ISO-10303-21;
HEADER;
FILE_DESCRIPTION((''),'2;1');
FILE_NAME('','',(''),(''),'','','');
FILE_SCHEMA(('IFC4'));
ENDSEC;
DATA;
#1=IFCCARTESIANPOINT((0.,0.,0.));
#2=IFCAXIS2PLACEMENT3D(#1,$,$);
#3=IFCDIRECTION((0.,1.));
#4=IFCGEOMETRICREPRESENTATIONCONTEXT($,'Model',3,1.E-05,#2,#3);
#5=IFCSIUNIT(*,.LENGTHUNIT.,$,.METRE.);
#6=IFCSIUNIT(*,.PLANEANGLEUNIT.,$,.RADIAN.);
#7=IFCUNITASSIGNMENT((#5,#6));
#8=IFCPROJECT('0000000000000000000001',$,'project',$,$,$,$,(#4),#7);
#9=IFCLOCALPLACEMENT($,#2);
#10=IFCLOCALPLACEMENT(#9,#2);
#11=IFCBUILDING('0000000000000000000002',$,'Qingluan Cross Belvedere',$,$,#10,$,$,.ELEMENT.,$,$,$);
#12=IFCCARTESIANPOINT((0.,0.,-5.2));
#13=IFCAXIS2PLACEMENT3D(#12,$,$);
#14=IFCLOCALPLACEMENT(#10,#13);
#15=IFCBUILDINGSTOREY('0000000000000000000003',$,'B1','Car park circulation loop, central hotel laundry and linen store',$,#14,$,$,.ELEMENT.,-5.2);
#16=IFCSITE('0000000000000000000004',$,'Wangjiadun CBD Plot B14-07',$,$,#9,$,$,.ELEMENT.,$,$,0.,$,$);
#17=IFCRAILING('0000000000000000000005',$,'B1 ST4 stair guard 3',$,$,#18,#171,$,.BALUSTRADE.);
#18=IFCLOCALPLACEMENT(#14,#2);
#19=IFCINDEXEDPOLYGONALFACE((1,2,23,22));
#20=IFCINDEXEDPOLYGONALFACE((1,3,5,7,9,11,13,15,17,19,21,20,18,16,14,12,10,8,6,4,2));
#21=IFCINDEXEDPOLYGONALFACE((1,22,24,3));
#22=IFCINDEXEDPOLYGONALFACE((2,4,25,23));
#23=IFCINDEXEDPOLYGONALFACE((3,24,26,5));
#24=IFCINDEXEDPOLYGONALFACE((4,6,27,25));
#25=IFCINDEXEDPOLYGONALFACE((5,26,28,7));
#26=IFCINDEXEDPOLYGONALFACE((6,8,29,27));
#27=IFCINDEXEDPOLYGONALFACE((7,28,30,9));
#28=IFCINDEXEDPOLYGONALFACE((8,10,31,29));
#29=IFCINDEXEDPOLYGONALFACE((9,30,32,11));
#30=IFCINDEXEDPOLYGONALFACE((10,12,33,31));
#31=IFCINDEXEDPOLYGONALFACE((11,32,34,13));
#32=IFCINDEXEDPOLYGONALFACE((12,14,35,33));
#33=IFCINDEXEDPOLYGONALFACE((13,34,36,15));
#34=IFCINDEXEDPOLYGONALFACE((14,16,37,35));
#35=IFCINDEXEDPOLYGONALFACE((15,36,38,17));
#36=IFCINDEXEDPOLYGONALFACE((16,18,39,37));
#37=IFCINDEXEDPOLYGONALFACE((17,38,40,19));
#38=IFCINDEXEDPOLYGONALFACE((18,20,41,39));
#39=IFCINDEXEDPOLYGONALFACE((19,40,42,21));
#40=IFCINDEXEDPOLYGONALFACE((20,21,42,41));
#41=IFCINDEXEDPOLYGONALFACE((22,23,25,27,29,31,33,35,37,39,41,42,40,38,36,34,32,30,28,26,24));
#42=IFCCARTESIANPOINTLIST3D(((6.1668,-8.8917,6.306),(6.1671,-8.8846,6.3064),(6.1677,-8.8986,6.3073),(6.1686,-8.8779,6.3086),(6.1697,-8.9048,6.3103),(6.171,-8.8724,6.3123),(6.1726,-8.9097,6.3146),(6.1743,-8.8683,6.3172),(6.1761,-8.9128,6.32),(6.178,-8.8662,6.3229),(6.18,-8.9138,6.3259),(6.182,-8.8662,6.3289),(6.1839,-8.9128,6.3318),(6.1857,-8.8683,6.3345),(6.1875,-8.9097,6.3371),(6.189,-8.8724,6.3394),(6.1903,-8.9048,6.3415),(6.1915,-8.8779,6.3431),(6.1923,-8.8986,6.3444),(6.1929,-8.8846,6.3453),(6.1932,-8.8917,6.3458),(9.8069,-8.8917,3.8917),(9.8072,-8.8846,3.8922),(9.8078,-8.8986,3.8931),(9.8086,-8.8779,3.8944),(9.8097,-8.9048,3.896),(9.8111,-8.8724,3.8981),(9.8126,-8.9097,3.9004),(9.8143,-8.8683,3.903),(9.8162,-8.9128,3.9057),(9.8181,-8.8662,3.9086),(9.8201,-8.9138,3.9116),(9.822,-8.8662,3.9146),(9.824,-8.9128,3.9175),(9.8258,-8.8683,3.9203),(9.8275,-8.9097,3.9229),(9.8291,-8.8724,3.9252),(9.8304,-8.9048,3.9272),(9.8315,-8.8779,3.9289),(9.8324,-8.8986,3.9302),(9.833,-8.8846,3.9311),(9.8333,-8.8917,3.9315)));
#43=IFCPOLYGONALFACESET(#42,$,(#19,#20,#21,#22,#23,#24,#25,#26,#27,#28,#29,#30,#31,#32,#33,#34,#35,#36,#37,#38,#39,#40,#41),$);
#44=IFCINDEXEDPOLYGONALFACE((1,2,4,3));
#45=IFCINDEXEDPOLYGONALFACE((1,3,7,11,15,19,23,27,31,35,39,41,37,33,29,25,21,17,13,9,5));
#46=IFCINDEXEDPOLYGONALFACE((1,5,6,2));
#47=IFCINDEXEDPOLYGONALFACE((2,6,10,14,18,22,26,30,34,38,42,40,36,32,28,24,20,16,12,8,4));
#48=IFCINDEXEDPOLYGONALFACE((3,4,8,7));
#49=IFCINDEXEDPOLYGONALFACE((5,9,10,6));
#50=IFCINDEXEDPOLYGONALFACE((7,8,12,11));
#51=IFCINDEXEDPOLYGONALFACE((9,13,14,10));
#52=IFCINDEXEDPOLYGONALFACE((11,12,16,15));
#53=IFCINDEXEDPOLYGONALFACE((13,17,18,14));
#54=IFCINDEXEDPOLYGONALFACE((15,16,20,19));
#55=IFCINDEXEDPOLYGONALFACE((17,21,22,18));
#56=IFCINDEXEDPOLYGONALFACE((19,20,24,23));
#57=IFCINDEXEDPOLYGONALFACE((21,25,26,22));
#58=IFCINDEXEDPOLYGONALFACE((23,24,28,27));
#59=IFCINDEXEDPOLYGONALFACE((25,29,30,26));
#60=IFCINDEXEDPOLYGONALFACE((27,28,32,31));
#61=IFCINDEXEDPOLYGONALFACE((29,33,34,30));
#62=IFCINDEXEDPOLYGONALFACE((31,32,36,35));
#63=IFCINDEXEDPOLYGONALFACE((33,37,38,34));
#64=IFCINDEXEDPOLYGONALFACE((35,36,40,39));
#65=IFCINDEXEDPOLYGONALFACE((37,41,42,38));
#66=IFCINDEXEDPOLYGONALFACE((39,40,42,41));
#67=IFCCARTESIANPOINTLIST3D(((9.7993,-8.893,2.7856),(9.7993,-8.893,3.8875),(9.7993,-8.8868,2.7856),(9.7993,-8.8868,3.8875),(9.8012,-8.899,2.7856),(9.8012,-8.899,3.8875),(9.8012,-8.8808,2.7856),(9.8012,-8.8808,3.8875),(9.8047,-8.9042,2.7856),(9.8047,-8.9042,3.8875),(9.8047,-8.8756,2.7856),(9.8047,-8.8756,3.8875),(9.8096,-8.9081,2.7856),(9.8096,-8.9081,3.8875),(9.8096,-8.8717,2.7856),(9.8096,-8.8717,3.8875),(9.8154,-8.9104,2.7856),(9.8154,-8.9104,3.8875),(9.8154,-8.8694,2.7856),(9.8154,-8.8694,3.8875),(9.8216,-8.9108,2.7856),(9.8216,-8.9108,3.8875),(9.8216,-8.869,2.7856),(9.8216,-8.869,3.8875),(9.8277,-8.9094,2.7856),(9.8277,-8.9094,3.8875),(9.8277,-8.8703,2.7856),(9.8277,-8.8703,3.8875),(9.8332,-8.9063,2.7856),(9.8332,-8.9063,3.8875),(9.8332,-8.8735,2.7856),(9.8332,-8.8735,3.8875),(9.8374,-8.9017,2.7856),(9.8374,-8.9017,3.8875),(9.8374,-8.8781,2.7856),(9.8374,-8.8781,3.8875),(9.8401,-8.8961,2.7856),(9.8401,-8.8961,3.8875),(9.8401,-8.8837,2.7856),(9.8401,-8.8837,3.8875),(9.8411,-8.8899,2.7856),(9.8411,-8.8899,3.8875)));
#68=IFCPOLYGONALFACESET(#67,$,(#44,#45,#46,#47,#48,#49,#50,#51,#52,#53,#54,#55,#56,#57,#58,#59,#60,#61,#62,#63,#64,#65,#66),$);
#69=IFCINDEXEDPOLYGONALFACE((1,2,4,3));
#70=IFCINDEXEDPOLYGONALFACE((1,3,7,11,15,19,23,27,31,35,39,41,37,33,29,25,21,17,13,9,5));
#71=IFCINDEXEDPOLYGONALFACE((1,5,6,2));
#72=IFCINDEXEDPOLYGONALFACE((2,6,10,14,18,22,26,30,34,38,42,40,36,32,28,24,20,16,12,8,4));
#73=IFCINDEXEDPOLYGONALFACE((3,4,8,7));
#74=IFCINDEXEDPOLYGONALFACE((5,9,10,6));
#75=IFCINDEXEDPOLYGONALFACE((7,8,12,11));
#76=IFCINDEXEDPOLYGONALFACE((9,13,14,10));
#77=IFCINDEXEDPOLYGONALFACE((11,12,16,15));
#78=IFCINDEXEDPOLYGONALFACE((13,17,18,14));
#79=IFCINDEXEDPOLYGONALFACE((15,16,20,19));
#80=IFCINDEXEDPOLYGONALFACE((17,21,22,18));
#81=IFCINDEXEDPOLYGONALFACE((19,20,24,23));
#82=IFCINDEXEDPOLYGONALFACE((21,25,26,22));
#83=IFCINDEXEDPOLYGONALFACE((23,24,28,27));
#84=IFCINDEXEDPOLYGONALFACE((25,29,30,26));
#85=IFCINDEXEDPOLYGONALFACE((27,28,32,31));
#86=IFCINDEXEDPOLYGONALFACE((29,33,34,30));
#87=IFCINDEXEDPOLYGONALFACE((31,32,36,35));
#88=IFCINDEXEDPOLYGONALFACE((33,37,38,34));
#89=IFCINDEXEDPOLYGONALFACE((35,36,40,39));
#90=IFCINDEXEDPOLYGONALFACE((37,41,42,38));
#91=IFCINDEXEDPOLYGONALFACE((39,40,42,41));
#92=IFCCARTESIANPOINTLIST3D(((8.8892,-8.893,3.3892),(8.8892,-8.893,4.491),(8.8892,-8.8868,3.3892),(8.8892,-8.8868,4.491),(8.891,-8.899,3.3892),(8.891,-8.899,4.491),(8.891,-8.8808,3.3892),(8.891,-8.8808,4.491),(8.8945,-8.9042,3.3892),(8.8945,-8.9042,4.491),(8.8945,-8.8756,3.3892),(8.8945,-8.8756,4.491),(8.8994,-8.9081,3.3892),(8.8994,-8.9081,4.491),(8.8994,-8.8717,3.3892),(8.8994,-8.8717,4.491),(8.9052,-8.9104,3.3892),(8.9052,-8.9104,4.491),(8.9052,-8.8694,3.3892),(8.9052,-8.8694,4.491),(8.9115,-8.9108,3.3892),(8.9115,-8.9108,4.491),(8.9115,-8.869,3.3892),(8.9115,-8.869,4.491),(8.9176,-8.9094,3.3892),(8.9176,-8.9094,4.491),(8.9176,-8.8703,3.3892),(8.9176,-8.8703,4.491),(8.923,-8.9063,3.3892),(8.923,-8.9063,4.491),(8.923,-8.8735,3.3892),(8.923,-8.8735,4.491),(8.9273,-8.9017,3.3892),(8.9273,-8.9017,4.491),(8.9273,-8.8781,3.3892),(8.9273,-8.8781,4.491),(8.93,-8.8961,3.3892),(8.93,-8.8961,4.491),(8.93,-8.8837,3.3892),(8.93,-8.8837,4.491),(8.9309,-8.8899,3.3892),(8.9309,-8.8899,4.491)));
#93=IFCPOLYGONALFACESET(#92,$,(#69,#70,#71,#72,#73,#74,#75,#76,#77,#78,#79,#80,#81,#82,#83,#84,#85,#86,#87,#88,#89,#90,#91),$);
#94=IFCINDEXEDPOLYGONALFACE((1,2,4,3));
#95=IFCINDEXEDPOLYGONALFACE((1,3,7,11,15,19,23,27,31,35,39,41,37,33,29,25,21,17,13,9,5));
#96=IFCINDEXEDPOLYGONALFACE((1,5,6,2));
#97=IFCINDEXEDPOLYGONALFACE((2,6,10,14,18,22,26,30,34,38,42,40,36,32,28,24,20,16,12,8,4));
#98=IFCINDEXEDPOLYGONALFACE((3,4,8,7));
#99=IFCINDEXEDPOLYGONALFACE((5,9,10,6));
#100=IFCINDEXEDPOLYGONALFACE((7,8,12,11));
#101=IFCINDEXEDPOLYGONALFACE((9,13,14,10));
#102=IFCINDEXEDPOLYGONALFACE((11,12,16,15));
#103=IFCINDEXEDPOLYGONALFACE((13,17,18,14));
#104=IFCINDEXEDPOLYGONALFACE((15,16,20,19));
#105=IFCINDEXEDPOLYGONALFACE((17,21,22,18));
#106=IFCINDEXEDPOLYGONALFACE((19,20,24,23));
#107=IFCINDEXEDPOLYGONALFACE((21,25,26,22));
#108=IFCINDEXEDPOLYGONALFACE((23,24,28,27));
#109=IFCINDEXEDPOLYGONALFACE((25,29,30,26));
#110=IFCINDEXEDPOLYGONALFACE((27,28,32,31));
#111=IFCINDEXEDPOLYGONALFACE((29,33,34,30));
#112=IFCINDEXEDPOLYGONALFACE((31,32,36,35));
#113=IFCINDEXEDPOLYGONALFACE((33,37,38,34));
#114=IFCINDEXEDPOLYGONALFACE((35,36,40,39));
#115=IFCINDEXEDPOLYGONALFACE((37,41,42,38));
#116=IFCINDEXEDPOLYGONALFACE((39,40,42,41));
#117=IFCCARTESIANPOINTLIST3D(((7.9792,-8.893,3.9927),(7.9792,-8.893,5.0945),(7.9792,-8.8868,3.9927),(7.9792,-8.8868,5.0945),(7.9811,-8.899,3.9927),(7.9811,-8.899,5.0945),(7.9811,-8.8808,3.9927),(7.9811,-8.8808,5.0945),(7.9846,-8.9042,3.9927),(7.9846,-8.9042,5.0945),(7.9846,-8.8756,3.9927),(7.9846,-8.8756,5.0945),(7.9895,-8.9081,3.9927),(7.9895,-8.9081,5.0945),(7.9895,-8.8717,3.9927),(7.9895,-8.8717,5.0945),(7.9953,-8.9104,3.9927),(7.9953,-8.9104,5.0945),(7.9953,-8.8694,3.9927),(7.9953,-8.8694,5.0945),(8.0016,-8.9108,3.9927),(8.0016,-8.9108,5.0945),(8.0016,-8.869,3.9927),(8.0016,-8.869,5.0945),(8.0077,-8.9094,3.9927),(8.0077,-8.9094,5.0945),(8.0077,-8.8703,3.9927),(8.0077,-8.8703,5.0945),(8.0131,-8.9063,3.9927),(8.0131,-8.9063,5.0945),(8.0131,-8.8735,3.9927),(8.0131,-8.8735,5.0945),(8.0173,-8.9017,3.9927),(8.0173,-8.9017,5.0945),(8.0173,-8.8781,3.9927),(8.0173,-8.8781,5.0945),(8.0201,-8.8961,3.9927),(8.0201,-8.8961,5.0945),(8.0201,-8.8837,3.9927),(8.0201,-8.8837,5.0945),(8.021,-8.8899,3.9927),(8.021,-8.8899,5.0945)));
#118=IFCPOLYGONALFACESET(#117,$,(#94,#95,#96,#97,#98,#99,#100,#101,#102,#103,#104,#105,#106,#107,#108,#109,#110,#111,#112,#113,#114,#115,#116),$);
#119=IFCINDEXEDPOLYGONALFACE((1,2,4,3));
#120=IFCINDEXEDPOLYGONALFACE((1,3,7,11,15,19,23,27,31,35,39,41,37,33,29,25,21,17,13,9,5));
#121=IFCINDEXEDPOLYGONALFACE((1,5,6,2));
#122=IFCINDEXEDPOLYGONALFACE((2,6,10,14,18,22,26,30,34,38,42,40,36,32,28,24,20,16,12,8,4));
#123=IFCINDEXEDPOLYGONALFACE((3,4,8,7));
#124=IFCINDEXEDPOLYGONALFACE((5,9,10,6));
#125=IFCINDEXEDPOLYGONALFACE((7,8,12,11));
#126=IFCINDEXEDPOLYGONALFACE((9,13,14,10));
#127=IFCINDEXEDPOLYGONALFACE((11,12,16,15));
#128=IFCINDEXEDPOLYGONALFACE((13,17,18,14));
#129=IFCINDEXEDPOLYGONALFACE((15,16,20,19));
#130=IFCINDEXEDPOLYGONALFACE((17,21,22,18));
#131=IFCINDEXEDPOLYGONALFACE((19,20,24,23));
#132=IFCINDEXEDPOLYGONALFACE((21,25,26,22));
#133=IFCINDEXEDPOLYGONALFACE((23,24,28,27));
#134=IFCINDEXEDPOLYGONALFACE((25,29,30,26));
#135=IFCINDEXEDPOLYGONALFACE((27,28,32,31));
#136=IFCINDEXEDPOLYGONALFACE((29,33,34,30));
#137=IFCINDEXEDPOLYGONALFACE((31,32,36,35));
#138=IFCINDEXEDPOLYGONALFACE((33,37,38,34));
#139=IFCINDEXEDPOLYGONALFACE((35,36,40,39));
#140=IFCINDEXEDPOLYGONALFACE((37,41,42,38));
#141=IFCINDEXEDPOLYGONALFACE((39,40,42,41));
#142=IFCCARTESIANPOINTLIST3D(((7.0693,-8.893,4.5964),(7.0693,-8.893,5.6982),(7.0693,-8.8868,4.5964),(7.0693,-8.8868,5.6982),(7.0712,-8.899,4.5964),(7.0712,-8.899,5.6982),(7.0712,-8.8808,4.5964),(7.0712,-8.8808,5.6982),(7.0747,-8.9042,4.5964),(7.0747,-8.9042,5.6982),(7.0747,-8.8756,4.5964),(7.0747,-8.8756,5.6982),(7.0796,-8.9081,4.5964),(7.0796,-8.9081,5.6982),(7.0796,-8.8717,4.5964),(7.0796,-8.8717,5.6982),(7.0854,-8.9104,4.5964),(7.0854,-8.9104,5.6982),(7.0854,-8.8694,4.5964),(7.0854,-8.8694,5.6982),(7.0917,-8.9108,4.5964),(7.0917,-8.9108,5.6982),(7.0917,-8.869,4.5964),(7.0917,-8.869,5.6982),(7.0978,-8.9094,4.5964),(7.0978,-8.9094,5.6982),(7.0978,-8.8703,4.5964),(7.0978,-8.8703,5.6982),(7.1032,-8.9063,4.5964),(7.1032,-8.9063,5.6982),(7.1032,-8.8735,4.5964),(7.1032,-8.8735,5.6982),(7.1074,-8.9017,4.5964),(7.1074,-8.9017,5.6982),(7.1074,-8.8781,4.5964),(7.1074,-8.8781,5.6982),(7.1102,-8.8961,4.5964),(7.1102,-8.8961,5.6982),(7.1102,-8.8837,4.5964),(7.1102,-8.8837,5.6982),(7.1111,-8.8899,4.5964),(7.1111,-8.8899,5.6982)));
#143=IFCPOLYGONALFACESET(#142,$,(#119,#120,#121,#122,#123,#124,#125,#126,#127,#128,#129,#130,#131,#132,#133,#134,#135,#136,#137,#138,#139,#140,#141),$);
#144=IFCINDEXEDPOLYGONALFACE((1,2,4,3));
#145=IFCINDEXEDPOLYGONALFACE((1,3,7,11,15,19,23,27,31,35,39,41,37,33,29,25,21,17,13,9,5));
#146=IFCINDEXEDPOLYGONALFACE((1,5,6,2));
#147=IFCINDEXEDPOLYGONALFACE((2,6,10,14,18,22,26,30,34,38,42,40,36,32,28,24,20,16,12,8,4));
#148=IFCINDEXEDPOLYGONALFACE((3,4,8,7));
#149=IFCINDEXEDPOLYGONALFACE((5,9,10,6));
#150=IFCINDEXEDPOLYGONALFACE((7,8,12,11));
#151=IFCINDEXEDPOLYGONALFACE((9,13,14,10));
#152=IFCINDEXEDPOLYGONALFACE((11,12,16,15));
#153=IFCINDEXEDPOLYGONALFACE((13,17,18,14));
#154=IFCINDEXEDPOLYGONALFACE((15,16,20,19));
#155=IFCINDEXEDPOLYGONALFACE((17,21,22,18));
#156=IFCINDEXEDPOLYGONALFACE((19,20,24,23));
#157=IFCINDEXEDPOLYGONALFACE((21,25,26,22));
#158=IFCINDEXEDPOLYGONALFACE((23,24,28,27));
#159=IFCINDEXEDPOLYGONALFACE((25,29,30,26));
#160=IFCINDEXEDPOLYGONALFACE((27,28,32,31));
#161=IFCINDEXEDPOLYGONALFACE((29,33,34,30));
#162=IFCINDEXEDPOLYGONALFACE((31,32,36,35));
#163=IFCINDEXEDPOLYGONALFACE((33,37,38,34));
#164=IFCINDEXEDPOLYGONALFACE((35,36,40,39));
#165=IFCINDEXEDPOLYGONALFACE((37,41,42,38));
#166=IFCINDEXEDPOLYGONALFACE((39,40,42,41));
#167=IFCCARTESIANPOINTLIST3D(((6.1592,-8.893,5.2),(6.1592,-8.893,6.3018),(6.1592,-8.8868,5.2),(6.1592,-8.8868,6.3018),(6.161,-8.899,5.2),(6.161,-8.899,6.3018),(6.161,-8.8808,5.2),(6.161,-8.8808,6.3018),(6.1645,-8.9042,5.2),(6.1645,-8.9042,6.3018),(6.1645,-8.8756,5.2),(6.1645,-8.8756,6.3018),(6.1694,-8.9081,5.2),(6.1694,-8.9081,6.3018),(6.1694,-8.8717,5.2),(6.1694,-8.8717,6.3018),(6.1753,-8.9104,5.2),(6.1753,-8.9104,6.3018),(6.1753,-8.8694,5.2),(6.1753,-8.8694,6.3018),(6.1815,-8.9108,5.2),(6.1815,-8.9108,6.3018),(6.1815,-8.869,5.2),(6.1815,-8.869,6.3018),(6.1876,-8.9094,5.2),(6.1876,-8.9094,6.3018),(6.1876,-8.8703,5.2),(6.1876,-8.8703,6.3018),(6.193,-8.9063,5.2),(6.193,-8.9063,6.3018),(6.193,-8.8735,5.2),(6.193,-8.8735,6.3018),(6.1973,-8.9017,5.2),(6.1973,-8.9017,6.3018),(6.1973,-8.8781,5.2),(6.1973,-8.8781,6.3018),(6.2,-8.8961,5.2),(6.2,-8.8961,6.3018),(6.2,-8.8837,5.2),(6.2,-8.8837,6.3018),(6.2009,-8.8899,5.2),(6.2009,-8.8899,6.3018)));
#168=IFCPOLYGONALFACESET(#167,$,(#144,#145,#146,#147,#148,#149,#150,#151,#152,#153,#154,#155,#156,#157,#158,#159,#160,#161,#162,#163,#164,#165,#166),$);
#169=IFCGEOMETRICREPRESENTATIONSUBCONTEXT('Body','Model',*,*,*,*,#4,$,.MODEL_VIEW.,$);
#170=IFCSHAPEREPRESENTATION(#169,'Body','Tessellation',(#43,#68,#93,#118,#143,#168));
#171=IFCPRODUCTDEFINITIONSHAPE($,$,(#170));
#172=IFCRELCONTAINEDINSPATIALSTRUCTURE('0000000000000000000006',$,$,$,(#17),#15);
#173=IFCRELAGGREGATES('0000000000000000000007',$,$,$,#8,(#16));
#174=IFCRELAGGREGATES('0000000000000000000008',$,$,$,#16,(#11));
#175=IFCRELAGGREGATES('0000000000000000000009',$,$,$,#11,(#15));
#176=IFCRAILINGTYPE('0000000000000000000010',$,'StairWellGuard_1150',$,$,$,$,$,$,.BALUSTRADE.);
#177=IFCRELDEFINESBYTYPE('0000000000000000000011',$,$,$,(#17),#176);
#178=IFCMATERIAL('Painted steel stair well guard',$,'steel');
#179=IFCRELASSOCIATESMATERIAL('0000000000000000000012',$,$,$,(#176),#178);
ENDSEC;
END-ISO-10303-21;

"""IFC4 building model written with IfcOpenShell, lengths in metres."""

from ifc_helpers import new_model, si_unit, direction, frame, origin, origin_2d, place, context, subcontext, project, spatial, circle, extrude, material, type_object, element, save


model = new_model("IFC4")

# Units and contexts
model_context = context("Model", 3, precision=1e-05, world=origin(), true_north=direction((0.0, 1.0)))
body_context = subcontext(model_context, "Body", "Model", "MODEL_VIEW")
ifc_project = project(units=[si_unit("LENGTHUNIT", "METRE"), si_unit("PLANEANGLEUNIT", "RADIAN")], contexts=[model_context])

# Site, building, storey
site_placement = place(None, origin())
site = spatial("IfcSite", under=ifc_project, at=site_placement, Name="Wangjiadun CBD Plot B14-07", CompositionType="ELEMENT", RefElevation=0.0)
building_placement = place(site_placement, origin())
building = spatial("IfcBuilding", under=site, at=building_placement, Name="Qingluan Cross Belvedere", CompositionType="ELEMENT")
storey_placement = place(building_placement, frame((0.0, 0.0, -5.2)))
storey = spatial("IfcBuildingStorey", under=building, at=storey_placement, Name="B1", Description="Car park circulation loop, central hotel laundry and linen store", CompositionType="ELEMENT", Elevation=-5.2)

# Railing
ifc_material_1 = material(Name="Painted steel stair well guard", Category="steel")
railing_type_1 = type_object("IfcRailingType", Name="StairWellGuard_1150", PredefinedType="BALUSTRADE", material=ifc_material_1)
railing_1_placement = place(storey_placement, frame((9.8201, -8.8899, 2.7856)))
element("IfcRailing", 1, at=railing_1_placement, inside=storey, type_object=railing_type_1, Name="B1 ST4 stair guard 3", PredefinedType="BALUSTRADE", context=body_context, shape_type="SweptSolid", body=[
    extrude(circle(Radius=0.0239, at=origin_2d()), frame((0.0, 0.0, 1.126), z_axis=(-0.833364, 0.0, 0.552725), x_axis=(0.0, -1.0, 0.0)), (0.0, 0.0, 1.0), 4.3679),
    extrude(circle(Radius=0.021, at=origin_2d()), origin(), (0.0, 0.0, 1.0), 1.1018),
    extrude(circle(Radius=0.021, at=origin_2d()), frame((-0.9102, 0.0, 0.6035)), (0.0, 0.0, 1.0), 1.1018),
    extrude(circle(Radius=0.021, at=origin_2d()), frame((-1.8201, 0.0, 1.207)), (0.0, 0.0, 1.0), 1.1018),
    extrude(circle(Radius=0.021, at=origin_2d()), frame((-2.73, 0.0, 1.8108)), (0.0, 0.0, 1.0), 1.1018),
    extrude(circle(Radius=0.021, at=origin_2d()), frame((-3.6401, 0.0, 2.4143)), (0.0, 0.0, 1.0), 1.1018),
])

save(model, "model.ifc")
